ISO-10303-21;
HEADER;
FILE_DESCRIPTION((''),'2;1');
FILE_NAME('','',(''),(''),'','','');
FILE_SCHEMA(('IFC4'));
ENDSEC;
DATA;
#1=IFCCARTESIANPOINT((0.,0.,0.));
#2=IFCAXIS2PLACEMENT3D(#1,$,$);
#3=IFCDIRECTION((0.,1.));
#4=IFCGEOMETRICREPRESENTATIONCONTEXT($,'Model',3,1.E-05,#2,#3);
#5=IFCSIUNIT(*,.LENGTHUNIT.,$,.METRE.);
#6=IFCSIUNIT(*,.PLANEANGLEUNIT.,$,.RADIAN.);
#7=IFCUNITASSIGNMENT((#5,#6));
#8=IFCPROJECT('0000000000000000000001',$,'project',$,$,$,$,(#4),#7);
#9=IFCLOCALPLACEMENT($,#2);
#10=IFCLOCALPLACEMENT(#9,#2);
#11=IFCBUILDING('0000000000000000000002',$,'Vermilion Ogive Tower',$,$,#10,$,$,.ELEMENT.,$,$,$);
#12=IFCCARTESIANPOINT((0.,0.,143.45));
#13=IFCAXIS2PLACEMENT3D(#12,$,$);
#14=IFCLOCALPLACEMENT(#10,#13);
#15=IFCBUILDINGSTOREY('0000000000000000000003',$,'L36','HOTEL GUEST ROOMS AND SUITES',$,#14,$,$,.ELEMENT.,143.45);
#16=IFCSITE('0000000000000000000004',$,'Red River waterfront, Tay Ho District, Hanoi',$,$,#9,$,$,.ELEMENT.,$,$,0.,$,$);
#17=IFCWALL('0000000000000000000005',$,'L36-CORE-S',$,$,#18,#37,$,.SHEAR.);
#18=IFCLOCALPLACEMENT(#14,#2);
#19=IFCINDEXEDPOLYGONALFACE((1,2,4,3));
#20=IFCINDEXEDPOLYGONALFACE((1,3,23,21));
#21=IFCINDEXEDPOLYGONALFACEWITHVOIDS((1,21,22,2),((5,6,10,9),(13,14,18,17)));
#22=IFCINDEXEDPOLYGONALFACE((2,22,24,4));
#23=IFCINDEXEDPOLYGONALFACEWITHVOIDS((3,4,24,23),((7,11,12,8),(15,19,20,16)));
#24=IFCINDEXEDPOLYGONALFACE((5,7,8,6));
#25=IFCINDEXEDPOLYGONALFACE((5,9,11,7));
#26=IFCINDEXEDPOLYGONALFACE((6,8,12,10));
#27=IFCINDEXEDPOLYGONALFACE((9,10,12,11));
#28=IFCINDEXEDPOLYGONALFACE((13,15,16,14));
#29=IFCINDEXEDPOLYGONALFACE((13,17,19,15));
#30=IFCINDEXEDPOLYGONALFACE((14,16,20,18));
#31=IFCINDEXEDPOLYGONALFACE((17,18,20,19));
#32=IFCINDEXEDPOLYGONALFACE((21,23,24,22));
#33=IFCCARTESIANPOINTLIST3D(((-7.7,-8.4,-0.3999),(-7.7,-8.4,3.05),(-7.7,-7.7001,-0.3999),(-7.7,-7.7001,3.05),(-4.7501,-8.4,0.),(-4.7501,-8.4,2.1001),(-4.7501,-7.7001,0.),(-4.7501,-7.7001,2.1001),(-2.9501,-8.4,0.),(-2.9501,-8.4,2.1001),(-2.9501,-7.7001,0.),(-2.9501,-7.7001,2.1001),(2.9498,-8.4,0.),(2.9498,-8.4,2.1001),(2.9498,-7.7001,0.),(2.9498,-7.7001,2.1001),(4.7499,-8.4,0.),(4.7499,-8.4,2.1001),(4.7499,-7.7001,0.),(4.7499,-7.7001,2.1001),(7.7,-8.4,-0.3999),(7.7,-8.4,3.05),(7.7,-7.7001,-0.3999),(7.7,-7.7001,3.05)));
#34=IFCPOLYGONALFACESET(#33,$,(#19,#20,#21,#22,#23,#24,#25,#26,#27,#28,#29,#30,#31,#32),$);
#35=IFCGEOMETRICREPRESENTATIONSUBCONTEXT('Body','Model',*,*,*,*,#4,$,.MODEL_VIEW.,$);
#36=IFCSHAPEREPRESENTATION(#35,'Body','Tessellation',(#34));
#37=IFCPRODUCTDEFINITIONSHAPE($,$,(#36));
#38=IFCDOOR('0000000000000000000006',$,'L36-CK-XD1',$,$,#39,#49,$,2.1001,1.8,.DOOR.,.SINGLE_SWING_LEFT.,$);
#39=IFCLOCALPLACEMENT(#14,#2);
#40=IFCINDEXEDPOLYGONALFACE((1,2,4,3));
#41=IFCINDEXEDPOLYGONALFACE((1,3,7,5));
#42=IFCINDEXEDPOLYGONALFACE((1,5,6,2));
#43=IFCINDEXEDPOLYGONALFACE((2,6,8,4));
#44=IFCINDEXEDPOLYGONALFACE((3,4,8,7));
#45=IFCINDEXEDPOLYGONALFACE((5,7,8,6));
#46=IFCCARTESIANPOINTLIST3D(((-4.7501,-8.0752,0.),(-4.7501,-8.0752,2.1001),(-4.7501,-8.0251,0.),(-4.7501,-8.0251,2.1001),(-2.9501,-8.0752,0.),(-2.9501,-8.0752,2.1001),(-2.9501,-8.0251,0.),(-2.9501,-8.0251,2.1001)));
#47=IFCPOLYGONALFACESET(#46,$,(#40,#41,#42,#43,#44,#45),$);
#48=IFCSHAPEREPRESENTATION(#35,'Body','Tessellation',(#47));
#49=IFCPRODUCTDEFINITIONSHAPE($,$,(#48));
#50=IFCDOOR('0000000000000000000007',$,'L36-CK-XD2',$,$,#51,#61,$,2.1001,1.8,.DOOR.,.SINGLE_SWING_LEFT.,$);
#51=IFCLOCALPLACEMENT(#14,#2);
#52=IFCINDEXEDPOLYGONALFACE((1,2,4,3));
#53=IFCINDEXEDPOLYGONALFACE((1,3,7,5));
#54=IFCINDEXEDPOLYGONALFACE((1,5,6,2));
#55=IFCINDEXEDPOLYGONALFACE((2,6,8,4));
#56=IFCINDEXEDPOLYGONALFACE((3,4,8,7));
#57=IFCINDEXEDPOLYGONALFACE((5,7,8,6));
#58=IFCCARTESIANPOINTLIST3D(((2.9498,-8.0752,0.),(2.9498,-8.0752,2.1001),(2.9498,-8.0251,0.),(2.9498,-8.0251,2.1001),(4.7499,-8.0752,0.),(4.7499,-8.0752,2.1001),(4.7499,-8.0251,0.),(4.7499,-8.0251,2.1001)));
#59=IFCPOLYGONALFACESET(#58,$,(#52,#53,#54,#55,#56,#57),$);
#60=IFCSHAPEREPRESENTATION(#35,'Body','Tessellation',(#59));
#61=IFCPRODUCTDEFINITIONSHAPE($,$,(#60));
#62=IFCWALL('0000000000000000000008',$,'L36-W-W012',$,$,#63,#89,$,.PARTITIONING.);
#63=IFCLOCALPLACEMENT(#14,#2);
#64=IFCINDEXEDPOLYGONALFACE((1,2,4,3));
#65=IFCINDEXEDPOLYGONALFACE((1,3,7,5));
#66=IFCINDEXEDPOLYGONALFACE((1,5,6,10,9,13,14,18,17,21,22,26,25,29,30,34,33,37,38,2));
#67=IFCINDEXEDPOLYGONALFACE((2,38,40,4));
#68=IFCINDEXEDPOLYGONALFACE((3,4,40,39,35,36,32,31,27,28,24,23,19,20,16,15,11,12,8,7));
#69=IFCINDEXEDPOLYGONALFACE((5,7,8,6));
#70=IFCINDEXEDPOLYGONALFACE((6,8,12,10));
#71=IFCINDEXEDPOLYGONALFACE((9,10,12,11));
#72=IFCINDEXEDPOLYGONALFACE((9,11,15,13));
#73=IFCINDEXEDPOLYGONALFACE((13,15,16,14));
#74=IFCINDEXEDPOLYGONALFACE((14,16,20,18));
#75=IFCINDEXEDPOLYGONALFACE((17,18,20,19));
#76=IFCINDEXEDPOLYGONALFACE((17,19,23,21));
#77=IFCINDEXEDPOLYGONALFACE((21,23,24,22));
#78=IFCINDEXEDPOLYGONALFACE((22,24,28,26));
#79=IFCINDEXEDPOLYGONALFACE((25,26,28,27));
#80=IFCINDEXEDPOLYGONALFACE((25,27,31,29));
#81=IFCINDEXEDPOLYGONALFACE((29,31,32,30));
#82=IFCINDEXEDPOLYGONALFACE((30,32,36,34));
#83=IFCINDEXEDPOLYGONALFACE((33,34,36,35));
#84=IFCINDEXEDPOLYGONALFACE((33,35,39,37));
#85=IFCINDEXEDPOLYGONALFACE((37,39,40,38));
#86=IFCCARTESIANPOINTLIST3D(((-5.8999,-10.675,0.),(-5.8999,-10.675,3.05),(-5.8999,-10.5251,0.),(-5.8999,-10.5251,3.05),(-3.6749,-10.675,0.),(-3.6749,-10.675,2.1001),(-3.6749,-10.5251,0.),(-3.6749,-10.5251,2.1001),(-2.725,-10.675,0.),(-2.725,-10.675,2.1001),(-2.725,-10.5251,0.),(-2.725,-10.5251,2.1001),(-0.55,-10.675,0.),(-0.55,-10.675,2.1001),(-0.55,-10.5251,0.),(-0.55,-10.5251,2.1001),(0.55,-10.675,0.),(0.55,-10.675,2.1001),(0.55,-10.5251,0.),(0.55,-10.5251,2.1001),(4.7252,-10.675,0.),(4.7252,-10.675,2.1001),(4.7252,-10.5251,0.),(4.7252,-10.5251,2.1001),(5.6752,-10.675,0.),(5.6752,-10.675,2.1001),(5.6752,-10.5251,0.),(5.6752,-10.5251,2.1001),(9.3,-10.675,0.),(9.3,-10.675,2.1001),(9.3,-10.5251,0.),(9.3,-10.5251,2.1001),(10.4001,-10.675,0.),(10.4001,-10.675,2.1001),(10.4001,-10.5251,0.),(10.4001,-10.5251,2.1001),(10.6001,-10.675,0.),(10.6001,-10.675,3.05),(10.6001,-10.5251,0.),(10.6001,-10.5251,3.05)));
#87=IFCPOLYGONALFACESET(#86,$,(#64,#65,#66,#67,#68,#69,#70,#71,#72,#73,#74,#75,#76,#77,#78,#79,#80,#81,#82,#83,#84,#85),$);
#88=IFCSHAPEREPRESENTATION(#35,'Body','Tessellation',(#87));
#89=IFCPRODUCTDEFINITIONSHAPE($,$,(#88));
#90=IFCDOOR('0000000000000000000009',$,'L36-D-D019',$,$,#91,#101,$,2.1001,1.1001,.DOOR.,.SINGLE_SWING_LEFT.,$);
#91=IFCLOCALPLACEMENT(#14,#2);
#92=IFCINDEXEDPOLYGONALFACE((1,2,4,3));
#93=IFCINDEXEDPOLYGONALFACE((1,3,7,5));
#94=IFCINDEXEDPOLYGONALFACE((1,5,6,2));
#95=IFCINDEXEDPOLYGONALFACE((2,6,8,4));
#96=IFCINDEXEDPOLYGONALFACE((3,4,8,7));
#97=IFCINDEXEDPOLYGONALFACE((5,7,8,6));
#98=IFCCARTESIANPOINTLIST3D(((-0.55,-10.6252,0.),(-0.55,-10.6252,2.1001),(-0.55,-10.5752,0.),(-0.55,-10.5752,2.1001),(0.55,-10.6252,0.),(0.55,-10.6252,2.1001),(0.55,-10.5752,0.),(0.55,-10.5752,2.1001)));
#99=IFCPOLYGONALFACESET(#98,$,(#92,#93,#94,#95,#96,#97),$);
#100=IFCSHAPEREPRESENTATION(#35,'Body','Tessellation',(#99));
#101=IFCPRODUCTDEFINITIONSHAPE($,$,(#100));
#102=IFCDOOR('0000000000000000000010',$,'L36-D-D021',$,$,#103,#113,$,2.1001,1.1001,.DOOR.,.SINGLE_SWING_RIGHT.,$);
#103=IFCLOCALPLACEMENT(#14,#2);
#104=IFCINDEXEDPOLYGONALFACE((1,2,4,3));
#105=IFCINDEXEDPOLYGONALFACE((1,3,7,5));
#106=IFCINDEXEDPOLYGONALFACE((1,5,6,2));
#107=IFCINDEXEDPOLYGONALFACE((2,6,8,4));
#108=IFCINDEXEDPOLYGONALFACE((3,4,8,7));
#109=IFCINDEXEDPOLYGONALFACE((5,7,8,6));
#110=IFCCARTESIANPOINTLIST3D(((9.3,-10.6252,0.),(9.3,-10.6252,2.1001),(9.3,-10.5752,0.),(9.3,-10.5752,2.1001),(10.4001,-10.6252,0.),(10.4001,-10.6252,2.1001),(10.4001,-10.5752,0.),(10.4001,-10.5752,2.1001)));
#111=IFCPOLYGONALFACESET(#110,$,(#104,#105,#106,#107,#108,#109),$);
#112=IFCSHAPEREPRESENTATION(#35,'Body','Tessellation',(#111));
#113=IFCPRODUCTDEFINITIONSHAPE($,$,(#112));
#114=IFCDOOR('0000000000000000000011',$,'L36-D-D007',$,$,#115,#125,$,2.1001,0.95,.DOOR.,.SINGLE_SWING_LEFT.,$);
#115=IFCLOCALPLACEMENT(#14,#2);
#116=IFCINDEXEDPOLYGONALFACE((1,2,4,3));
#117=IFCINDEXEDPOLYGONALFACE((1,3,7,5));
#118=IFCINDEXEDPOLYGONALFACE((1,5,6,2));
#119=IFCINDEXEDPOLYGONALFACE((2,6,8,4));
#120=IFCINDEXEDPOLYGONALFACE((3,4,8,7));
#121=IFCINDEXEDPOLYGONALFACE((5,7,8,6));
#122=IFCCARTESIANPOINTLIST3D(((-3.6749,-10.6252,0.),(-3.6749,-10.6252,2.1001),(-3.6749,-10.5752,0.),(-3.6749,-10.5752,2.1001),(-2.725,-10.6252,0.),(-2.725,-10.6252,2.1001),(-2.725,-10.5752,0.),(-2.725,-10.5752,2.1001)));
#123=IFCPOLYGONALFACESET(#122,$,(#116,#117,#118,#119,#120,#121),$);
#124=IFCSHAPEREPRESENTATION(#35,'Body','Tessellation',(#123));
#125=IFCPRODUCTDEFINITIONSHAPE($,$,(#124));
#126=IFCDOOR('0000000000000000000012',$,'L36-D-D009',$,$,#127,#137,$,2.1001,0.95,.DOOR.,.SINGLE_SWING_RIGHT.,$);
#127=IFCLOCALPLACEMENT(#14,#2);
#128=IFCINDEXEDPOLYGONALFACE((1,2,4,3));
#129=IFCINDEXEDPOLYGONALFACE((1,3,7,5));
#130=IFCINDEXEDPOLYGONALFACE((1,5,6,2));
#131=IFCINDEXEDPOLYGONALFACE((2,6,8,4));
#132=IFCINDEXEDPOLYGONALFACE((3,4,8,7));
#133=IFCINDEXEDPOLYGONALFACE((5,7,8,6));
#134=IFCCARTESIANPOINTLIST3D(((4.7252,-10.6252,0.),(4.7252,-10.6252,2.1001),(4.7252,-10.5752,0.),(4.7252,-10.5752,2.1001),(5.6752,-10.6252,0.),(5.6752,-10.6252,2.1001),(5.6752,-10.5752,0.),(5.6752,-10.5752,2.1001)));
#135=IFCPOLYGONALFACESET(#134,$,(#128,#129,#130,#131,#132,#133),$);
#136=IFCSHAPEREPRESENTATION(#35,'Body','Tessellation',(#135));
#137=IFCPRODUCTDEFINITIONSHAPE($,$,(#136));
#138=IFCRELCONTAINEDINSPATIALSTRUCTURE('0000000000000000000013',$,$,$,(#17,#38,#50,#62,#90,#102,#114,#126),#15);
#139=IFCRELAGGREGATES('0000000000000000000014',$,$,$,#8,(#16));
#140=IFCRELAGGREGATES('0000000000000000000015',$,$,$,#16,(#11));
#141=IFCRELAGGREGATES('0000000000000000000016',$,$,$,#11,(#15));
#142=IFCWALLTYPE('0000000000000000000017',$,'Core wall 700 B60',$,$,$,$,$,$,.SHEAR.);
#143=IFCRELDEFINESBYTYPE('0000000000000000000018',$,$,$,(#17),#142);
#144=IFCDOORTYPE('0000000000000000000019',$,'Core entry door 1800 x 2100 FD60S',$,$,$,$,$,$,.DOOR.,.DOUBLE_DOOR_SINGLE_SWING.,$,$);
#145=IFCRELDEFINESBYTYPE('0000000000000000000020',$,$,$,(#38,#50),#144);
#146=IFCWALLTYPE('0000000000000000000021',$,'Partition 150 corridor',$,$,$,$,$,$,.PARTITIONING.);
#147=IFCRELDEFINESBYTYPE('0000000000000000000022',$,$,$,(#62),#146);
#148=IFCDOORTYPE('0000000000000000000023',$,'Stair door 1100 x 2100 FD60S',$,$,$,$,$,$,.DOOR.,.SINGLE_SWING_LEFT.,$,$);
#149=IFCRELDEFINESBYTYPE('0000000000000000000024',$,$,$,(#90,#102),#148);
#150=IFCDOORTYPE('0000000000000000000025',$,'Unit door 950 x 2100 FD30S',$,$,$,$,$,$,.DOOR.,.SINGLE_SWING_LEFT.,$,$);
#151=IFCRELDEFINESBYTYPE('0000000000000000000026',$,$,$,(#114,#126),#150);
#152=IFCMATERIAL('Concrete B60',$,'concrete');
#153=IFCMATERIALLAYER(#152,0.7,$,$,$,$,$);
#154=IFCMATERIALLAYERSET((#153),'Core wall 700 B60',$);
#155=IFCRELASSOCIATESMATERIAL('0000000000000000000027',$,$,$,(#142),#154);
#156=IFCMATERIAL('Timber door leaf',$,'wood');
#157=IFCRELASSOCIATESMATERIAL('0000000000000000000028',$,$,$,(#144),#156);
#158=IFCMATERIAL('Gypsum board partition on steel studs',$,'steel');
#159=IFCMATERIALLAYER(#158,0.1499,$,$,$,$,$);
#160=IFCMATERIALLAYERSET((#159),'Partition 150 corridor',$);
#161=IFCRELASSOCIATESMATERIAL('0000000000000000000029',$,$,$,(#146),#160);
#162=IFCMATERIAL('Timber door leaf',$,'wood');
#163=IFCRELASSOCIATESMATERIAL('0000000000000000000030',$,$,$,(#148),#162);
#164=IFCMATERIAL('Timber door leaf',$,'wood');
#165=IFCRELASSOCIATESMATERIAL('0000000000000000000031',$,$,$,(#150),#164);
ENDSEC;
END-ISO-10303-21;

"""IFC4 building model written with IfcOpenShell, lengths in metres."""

from ifc_helpers import new_model, si_unit, direction, frame, frame_2d, origin, place, context, subcontext, project, spatial, rectangle, extrude, material, layer, layer_set, type_object, element, fill, save


model = new_model("IFC4")

# Units and contexts
model_context = context("Model", 3, precision=1e-05, world=origin(), true_north=direction((0.0, 1.0)))
body_context = subcontext(model_context, "Body", "Model", "MODEL_VIEW")
ifc_project = project(units=[si_unit("LENGTHUNIT", "METRE"), si_unit("PLANEANGLEUNIT", "RADIAN")], contexts=[model_context])

# Site, building, storey
site_placement = place(None, origin())
site = spatial("IfcSite", under=ifc_project, at=site_placement, Name="Red River waterfront, Tay Ho District, Hanoi", CompositionType="ELEMENT", RefElevation=0.0)
building_placement = place(site_placement, origin())
building = spatial("IfcBuilding", under=site, at=building_placement, Name="Vermilion Ogive Tower", CompositionType="ELEMENT")
storey_placement = place(building_placement, frame((0.0, 0.0, 143.45)))
storey = spatial("IfcBuildingStorey", under=building, at=storey_placement, Name="L36", Description="HOTEL GUEST ROOMS AND SUITES", CompositionType="ELEMENT", Elevation=143.45)

# Walls, openings, doors
ifc_material_1 = material(Name="Concrete B60", Category="concrete")
ifc_layer_1 = layer(ifc_material_1, 0.7)
ifc_layer_set_1 = layer_set([ifc_layer_1], Name="Core wall 700 B60")
wall_type_1 = type_object("IfcWallType", Name="Core wall 700 B60", PredefinedType="SHEAR", material=ifc_layer_set_1)
wall_1_placement = place(storey_placement, frame((-7.7, -8.05, -0.3999), z_axis=(0.0, 0.0, 1.0), x_axis=(1.0, 0.0, 0.0)))
wall_1 = element("IfcWall", 1, at=wall_1_placement, inside=storey, type_object=wall_type_1, Name="L36-CORE-S", PredefinedType="SHEAR", context=body_context, shape_type="SweptSolid", body=[
    extrude(rectangle(XDim=15.3999, YDim=0.7, at=frame_2d((7.7, 0.0))), origin(), (0.0, 0.0, 1.0), 3.45),
])
opening_1_placement = place(wall_1_placement, frame((2.95, 0.0, 0.3999)))
opening_1 = element("IfcOpeningElement", 2, at=opening_1_placement, cuts=wall_1, PredefinedType="OPENING", context=body_context, shape_type="SweptSolid", body=[
    extrude(rectangle(XDim=1.8, YDim=2.1001, at=frame_2d((0.8999, 1.05))), frame((0.0, 0.3599, 0.0), z_axis=(0.0, -1.0, 0.0), x_axis=(1.0, 0.0, 0.0)), (0.0, 0.0, 1.0), 0.72),
])
opening_2_placement = place(wall_1_placement, frame((10.6499, 0.0, 0.3999)))
opening_2 = element("IfcOpeningElement", 3, at=opening_2_placement, cuts=wall_1, PredefinedType="OPENING", context=body_context, shape_type="SweptSolid", body=[
    extrude(rectangle(XDim=1.8, YDim=2.1001, at=frame_2d((0.8999, 1.05))), frame((0.0, 0.3599, 0.0), z_axis=(0.0, -1.0, 0.0), x_axis=(1.0, 0.0, 0.0)), (0.0, 0.0, 1.0), 0.72),
])
ifc_material_2 = material(Name="Timber door leaf", Category="wood")
door_type_1 = type_object("IfcDoorType", Name="Core entry door 1800 x 2100 FD60S", OperationType="DOUBLE_DOOR_SINGLE_SWING", PredefinedType="DOOR", material=ifc_material_2)
door_1_placement = place(opening_1_placement, origin())
door_1 = element("IfcDoor", 4, at=door_1_placement, inside=storey, type_object=door_type_1, Name="L36-CK-XD1", OperationType="SINGLE_SWING_LEFT", OverallHeight=2.1001, OverallWidth=1.8, PredefinedType="DOOR", context=body_context, shape_type="SweptSolid", body=[
    extrude(rectangle(XDim=1.8, YDim=2.1001, at=frame_2d((0.8999, 1.05))), frame((0.0, 0.0249, 0.0), z_axis=(0.0, -1.0, 0.0), x_axis=(1.0, 0.0, 0.0)), (0.0, 0.0, 1.0), 0.05),
])
fill(opening_1, door_1)
door_2_placement = place(opening_2_placement, origin())
door_2 = element("IfcDoor", 5, at=door_2_placement, inside=storey, type_object=door_type_1, Name="L36-CK-XD2", OperationType="SINGLE_SWING_LEFT", OverallHeight=2.1001, OverallWidth=1.8, PredefinedType="DOOR", context=body_context, shape_type="SweptSolid", body=[
    extrude(rectangle(XDim=1.8, YDim=2.1001, at=frame_2d((0.8999, 1.05))), frame((0.0, 0.0249, 0.0), z_axis=(0.0, -1.0, 0.0), x_axis=(1.0, 0.0, 0.0)), (0.0, 0.0, 1.0), 0.05),
])
fill(opening_2, door_2)
ifc_material_3 = material(Name="Gypsum board partition on steel studs", Category="steel")
ifc_layer_2 = layer(ifc_material_3, 0.1499)
ifc_layer_set_2 = layer_set([ifc_layer_2], Name="Partition 150 corridor")
wall_type_2 = type_object("IfcWallType", Name="Partition 150 corridor", PredefinedType="PARTITIONING", material=ifc_layer_set_2)
wall_2_placement = place(storey_placement, frame((-5.8999, -10.6001, 0.0), z_axis=(0.0, 0.0, 1.0), x_axis=(1.0, 0.0, 0.0)))
wall_2 = element("IfcWall", 6, at=wall_2_placement, inside=storey, type_object=wall_type_2, Name="L36-W-W012", PredefinedType="PARTITIONING", context=body_context, shape_type="SweptSolid", body=[
    extrude(rectangle(XDim=16.5, YDim=0.1499, at=frame_2d((8.25, 0.0))), origin(), (0.0, 0.0, 1.0), 3.05),
])
opening_3_placement = place(wall_2_placement, frame((2.2249, 0.0, 0.0)))
opening_3 = element("IfcOpeningElement", 7, at=opening_3_placement, cuts=wall_2, PredefinedType="OPENING", context=body_context, shape_type="SweptSolid", body=[
    extrude(rectangle(XDim=0.95, YDim=2.1001, at=frame_2d((0.4751, 1.05))), frame((0.0, 0.085, 0.0), z_axis=(0.0, -1.0, 0.0), x_axis=(1.0, 0.0, 0.0)), (0.0, 0.0, 1.0), 0.1699),
])
opening_4_placement = place(wall_2_placement, frame((10.625, 0.0, 0.0)))
opening_4 = element("IfcOpeningElement", 8, at=opening_4_placement, cuts=wall_2, PredefinedType="OPENING", context=body_context, shape_type="SweptSolid", body=[
    extrude(rectangle(XDim=0.95, YDim=2.1001, at=frame_2d((0.4751, 1.05))), frame((0.0, 0.085, 0.0), z_axis=(0.0, -1.0, 0.0), x_axis=(1.0, 0.0, 0.0)), (0.0, 0.0, 1.0), 0.1699),
])
opening_5_placement = place(wall_2_placement, frame((5.3499, 0.0, 0.0)))
opening_5 = element("IfcOpeningElement", 9, at=opening_5_placement, cuts=wall_2, PredefinedType="OPENING", context=body_context, shape_type="SweptSolid", body=[
    extrude(rectangle(XDim=1.1001, YDim=2.1001, at=frame_2d((0.55, 1.05))), frame((0.0, 0.085, 0.0), z_axis=(0.0, -1.0, 0.0), x_axis=(1.0, 0.0, 0.0)), (0.0, 0.0, 1.0), 0.1699),
])
opening_6_placement = place(wall_2_placement, frame((15.2, 0.0, 0.0)))
opening_6 = element("IfcOpeningElement", 10, at=opening_6_placement, cuts=wall_2, PredefinedType="OPENING", context=body_context, shape_type="SweptSolid", body=[
    extrude(rectangle(XDim=1.1001, YDim=2.1001, at=frame_2d((0.55, 1.05))), frame((0.0, 0.085, 0.0), z_axis=(0.0, -1.0, 0.0), x_axis=(1.0, 0.0, 0.0)), (0.0, 0.0, 1.0), 0.1699),
])
ifc_material_4 = material(Name="Timber door leaf", Category="wood")
door_type_2 = type_object("IfcDoorType", Name="Stair door 1100 x 2100 FD60S", OperationType="SINGLE_SWING_LEFT", PredefinedType="DOOR", material=ifc_material_4)
door_3_placement = place(opening_5_placement, origin())
door_3 = element("IfcDoor", 11, at=door_3_placement, inside=storey, type_object=door_type_2, Name="L36-D-D019", OperationType="SINGLE_SWING_LEFT", OverallHeight=2.1001, OverallWidth=1.1001, PredefinedType="DOOR", context=body_context, shape_type="SweptSolid", body=[
    extrude(rectangle(XDim=1.1001, YDim=2.1001, at=frame_2d((0.55, 1.05))), frame((0.0, 0.0249, 0.0), z_axis=(0.0, -1.0, 0.0), x_axis=(1.0, 0.0, 0.0)), (0.0, 0.0, 1.0), 0.05),
])
fill(opening_5, door_3)
door_4_placement = place(opening_6_placement, origin())
door_4 = element("IfcDoor", 12, at=door_4_placement, inside=storey, type_object=door_type_2, Name="L36-D-D021", OperationType="SINGLE_SWING_RIGHT", OverallHeight=2.1001, OverallWidth=1.1001, PredefinedType="DOOR", context=body_context, shape_type="SweptSolid", body=[
    extrude(rectangle(XDim=1.1001, YDim=2.1001, at=frame_2d((0.55, 1.05))), frame((0.0, 0.0249, 0.0), z_axis=(0.0, -1.0, 0.0), x_axis=(1.0, 0.0, 0.0)), (0.0, 0.0, 1.0), 0.05),
])
fill(opening_6, door_4)
ifc_material_5 = material(Name="Timber door leaf", Category="wood")
door_type_3 = type_object("IfcDoorType", Name="Unit door 950 x 2100 FD30S", OperationType="SINGLE_SWING_LEFT", PredefinedType="DOOR", material=ifc_material_5)
door_5_placement = place(opening_3_placement, origin())
door_5 = element("IfcDoor", 13, at=door_5_placement, inside=storey, type_object=door_type_3, Name="L36-D-D007", OperationType="SINGLE_SWING_LEFT", OverallHeight=2.1001, OverallWidth=0.95, PredefinedType="DOOR", context=body_context, shape_type="SweptSolid", body=[
    extrude(rectangle(XDim=0.95, YDim=2.1001, at=frame_2d((0.4751, 1.05))), frame((0.0, 0.0249, 0.0), z_axis=(0.0, -1.0, 0.0), x_axis=(1.0, 0.0, 0.0)), (0.0, 0.0, 1.0), 0.05),
])
fill(opening_3, door_5)
door_6_placement = place(opening_4_placement, origin())
door_6 = element("IfcDoor", 14, at=door_6_placement, inside=storey, type_object=door_type_3, Name="L36-D-D009", OperationType="SINGLE_SWING_RIGHT", OverallHeight=2.1001, OverallWidth=0.95, PredefinedType="DOOR", context=body_context, shape_type="SweptSolid", body=[
    extrude(rectangle(XDim=0.95, YDim=2.1001, at=frame_2d((0.4751, 1.05))), frame((0.0, 0.0249, 0.0), z_axis=(0.0, -1.0, 0.0), x_axis=(1.0, 0.0, 0.0)), (0.0, 0.0, 1.0), 0.05),
])
fill(opening_4, door_6)

save(model, "model.ifc")
